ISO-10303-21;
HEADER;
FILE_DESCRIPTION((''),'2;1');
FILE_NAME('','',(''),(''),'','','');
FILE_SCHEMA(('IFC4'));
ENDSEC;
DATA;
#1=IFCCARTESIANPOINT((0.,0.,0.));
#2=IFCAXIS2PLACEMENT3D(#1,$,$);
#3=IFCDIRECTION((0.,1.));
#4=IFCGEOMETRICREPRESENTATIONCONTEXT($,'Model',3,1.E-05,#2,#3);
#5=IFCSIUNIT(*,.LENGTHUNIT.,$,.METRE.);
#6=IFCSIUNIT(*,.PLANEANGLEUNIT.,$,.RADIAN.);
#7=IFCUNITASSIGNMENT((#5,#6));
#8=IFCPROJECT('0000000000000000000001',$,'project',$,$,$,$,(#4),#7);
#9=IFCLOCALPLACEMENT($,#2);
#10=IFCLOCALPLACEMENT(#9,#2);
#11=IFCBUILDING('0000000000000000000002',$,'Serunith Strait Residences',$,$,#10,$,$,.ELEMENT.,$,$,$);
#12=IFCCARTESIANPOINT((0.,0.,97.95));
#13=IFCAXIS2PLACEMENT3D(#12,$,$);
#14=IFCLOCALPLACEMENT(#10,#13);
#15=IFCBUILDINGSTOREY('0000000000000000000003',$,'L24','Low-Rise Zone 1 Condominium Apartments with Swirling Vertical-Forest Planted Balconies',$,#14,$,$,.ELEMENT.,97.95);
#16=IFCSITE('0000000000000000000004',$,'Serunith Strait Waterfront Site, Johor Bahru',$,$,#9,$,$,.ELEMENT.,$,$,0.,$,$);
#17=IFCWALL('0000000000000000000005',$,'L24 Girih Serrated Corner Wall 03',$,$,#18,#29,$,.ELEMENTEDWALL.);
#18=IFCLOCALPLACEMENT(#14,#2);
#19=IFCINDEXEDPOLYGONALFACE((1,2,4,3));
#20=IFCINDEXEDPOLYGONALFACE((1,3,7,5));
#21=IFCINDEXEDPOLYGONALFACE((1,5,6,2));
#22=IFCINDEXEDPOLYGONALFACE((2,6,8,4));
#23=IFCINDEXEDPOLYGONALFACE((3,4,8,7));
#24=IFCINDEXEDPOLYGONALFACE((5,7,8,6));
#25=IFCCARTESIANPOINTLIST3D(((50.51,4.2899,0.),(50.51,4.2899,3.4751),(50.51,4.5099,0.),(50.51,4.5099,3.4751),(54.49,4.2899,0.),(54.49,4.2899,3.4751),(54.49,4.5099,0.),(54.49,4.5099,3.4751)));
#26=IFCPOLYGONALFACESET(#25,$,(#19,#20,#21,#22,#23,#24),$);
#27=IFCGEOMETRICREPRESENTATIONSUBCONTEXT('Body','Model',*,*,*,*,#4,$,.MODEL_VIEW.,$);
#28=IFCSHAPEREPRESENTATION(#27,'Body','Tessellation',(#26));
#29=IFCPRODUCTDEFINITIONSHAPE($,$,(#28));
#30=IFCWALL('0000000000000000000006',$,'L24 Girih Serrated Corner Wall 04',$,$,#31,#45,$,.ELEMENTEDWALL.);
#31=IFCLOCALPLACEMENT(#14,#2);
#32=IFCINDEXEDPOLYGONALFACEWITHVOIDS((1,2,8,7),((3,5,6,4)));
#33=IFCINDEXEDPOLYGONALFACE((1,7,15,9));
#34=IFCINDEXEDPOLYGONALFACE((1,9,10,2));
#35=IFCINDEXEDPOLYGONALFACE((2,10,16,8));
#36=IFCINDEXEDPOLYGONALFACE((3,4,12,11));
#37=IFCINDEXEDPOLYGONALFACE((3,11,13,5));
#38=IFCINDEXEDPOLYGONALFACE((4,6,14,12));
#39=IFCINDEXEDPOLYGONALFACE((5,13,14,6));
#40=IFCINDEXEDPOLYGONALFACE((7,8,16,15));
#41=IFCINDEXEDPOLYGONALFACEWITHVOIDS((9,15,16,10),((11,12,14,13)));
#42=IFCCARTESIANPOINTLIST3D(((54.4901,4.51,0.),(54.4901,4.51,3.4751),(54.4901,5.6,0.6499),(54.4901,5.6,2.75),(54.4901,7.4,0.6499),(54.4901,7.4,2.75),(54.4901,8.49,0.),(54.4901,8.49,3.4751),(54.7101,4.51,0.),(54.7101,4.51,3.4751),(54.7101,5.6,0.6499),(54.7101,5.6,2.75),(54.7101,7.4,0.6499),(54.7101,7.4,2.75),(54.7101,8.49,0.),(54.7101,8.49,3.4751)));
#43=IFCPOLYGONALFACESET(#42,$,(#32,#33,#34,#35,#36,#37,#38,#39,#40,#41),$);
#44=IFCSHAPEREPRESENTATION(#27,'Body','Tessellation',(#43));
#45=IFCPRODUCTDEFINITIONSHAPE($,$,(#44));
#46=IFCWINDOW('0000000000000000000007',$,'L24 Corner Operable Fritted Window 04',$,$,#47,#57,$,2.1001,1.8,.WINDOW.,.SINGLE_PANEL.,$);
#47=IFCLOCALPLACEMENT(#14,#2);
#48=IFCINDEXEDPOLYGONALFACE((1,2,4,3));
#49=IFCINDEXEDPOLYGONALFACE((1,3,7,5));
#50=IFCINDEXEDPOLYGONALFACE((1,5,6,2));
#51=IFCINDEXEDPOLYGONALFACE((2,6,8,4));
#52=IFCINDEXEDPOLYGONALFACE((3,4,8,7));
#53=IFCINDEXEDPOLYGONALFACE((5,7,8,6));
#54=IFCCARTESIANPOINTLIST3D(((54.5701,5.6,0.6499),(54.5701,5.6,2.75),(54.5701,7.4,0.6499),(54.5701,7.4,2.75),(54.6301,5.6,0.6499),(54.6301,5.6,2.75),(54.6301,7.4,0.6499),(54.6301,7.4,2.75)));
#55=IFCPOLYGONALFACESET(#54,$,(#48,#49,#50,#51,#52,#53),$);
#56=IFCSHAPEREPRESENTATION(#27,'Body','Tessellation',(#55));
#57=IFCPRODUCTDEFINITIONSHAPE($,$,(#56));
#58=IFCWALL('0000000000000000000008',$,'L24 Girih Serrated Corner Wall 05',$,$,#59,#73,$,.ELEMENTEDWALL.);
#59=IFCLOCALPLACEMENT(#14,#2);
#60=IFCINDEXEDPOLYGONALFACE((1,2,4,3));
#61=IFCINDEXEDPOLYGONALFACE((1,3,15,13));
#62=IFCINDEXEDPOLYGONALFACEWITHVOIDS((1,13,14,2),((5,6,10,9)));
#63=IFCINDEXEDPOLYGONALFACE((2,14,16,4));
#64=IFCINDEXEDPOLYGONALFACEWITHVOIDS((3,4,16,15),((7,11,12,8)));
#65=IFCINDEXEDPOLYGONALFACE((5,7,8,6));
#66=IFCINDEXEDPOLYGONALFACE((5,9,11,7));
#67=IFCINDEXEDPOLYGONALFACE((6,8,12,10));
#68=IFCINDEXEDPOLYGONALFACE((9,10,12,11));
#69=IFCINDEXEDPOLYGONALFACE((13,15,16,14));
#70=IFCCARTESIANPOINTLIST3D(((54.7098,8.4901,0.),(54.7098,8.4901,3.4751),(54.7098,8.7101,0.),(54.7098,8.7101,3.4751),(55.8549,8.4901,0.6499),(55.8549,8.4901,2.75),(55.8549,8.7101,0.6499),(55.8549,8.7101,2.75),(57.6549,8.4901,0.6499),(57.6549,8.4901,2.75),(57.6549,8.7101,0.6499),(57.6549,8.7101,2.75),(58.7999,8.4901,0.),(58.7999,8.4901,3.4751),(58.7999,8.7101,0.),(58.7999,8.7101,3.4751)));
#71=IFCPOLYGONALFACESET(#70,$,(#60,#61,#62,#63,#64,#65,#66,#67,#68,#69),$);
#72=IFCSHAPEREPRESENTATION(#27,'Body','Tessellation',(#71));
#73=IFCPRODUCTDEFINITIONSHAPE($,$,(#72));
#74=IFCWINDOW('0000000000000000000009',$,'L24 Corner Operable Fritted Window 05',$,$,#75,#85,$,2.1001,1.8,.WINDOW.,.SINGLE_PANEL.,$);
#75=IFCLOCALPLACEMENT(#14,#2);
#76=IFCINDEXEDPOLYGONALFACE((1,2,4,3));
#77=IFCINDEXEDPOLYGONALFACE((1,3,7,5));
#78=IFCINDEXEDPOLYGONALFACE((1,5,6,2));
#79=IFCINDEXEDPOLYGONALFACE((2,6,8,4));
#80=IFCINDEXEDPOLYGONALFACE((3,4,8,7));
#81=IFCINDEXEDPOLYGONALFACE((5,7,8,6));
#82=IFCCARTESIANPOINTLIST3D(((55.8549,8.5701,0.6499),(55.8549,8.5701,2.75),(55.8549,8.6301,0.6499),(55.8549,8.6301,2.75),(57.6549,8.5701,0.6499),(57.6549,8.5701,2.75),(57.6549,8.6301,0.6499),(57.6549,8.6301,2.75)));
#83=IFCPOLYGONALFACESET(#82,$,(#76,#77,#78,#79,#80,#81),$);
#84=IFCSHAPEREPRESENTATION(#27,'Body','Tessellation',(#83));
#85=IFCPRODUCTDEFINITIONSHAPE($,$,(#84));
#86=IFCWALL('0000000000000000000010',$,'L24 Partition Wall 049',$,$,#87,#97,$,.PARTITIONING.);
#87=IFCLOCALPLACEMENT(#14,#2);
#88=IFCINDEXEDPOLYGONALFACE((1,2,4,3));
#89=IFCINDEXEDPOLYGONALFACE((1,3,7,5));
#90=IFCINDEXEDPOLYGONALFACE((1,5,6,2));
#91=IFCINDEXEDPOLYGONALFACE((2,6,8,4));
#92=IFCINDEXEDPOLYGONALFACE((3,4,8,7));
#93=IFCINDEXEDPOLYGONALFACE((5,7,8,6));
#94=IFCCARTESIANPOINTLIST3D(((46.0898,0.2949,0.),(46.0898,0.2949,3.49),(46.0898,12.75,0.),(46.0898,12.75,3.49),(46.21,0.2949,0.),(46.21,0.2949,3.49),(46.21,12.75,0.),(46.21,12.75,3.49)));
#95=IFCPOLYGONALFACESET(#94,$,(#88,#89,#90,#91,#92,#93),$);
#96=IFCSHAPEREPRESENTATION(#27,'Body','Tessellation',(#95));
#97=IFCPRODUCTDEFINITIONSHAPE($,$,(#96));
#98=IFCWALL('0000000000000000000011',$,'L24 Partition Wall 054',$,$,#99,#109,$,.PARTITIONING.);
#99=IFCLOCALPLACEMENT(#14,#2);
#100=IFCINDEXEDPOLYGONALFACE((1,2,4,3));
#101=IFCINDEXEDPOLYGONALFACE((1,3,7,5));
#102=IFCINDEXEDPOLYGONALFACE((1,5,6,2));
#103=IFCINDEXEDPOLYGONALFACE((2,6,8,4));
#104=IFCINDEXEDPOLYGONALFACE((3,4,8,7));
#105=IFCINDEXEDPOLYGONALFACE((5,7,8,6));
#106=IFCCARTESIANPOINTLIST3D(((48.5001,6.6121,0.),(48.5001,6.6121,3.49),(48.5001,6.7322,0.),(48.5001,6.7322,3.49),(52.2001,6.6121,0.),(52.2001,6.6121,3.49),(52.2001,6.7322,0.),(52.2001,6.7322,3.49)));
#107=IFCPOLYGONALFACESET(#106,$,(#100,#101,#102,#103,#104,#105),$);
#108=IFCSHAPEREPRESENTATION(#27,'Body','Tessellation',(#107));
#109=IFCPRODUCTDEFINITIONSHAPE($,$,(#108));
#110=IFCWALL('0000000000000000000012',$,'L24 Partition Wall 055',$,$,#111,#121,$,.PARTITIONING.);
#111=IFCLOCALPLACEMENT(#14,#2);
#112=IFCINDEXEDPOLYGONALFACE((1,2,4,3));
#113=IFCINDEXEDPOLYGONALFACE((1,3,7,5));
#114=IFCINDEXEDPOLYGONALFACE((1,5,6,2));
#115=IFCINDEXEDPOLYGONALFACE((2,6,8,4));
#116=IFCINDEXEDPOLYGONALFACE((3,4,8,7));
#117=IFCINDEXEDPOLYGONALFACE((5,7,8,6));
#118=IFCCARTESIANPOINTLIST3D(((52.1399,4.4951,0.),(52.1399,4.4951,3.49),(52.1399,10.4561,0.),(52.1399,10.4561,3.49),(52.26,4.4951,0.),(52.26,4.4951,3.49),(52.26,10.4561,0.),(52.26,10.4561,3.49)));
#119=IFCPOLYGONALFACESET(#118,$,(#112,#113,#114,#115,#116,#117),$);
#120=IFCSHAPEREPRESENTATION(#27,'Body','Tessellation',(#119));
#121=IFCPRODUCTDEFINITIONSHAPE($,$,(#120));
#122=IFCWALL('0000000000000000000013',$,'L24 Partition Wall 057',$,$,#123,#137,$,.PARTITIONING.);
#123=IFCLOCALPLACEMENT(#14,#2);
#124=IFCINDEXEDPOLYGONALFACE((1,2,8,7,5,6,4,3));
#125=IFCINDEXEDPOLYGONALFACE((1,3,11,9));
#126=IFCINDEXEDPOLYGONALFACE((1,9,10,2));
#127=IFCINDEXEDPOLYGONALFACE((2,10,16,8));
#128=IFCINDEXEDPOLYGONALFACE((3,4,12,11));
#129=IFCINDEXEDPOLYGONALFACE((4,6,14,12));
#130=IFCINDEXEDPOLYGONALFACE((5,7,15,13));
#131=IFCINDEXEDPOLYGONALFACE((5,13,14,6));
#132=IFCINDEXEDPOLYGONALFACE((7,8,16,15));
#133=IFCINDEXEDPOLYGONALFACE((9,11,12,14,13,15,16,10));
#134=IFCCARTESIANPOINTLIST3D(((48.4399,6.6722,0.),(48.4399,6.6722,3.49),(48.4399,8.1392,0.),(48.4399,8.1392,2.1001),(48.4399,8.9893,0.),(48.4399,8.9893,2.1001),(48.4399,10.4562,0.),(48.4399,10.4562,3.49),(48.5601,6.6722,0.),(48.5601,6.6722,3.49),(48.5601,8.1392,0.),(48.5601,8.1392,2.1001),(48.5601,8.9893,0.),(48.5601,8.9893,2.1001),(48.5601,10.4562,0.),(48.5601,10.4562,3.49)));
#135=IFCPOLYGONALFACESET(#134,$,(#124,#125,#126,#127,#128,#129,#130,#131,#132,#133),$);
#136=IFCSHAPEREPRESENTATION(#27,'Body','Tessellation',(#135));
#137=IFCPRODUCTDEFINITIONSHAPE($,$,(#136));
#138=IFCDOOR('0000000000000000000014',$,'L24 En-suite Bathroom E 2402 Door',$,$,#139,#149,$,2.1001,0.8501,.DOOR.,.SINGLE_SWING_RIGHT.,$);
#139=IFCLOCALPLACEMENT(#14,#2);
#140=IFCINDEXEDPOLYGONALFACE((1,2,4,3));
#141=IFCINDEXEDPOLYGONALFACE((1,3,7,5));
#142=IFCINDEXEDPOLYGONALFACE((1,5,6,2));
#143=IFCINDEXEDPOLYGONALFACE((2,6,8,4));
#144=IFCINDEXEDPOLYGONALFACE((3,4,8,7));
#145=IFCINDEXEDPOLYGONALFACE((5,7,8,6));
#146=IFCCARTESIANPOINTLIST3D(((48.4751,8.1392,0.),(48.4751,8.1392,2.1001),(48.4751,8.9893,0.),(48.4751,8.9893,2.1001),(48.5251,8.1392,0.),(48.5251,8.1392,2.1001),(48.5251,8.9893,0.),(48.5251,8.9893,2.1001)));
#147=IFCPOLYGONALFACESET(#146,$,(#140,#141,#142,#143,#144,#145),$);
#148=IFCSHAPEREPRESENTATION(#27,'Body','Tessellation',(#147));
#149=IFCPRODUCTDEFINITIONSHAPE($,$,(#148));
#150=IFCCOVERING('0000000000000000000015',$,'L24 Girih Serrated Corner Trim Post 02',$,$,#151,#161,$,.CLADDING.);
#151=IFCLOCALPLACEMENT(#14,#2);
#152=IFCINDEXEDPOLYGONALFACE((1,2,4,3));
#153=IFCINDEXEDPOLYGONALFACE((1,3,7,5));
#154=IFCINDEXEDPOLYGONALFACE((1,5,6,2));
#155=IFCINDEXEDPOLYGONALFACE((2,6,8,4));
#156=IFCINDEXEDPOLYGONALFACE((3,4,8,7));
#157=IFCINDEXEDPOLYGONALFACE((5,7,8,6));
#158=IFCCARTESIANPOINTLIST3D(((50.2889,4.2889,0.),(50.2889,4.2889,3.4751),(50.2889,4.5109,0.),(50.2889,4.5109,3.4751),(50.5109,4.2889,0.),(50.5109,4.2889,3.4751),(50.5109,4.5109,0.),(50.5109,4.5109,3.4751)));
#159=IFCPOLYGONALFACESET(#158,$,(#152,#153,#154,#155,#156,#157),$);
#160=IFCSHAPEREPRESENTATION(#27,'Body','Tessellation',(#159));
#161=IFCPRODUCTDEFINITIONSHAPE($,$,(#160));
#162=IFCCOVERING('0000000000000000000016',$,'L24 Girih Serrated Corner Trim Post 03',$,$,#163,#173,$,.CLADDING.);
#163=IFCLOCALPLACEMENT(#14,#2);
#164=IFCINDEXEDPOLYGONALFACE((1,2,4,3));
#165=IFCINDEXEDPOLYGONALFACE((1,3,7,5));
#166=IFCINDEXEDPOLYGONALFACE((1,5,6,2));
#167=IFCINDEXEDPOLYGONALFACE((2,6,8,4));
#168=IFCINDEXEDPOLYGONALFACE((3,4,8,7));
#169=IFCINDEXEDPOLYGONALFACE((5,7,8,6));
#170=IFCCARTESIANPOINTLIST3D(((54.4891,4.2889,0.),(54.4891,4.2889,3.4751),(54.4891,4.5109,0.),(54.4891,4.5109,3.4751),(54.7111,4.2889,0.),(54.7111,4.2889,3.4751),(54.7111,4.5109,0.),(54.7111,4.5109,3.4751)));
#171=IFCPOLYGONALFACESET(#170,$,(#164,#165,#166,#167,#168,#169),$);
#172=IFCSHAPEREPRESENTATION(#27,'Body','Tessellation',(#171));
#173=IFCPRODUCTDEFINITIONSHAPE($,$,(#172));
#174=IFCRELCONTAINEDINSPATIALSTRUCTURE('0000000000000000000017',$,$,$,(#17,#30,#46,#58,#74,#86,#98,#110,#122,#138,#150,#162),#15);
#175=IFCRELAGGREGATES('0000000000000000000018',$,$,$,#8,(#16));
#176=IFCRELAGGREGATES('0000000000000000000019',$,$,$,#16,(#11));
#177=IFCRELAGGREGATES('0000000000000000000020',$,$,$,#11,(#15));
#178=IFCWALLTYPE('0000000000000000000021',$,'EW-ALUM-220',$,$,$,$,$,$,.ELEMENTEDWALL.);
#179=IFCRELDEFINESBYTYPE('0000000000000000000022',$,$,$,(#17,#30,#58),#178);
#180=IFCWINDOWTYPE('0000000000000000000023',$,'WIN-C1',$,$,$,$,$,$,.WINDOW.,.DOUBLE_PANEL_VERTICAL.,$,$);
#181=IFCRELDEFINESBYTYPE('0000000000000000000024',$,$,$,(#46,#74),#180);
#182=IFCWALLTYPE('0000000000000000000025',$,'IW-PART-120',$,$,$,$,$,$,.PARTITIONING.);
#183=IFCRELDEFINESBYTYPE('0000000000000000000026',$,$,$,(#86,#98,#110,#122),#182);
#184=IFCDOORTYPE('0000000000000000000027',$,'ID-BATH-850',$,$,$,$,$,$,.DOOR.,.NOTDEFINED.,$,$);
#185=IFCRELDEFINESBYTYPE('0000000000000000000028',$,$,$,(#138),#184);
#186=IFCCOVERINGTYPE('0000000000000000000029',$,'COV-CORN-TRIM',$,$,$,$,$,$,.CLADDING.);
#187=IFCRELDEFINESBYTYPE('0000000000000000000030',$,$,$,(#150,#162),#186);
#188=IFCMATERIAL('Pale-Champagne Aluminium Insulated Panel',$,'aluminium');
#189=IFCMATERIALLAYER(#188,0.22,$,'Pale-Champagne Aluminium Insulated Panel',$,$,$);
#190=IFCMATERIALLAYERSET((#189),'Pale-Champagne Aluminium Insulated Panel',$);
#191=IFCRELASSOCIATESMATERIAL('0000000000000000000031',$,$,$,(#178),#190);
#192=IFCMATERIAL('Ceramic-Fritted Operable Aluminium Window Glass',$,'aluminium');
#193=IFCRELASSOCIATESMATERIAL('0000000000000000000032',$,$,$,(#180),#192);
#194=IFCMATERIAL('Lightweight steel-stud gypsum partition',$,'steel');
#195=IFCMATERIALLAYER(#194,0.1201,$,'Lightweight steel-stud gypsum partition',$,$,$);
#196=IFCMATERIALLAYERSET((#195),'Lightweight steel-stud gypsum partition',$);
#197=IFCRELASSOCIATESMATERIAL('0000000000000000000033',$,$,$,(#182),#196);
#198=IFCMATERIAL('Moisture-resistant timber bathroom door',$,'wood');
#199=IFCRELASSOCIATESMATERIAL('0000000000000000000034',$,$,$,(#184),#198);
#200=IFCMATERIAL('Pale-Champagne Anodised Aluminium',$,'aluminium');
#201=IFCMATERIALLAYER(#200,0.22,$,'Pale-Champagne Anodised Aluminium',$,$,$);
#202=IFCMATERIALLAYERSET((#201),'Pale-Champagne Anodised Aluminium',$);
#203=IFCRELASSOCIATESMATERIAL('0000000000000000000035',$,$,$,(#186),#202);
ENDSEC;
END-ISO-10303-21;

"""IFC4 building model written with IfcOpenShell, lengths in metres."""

from ifc_helpers import new_model, si_unit, direction, frame, frame_2d, origin, origin_2d, place, context, subcontext, project, spatial, rectangle, extrude, source, transform, mapped, material, layer, layer_set, type_object, element, fill, save


model = new_model("IFC4")

# Units and contexts
model_context = context("Model", 3, precision=1e-05, world=origin(), true_north=direction((0.0, 1.0)))
body_context = subcontext(model_context, "Body", "Model", "MODEL_VIEW")
ifc_project = project(units=[si_unit("LENGTHUNIT", "METRE"), si_unit("PLANEANGLEUNIT", "RADIAN")], contexts=[model_context])

# Site, building, storey
site_placement = place(None, origin())
site = spatial("IfcSite", under=ifc_project, at=site_placement, Name="Serunith Strait Waterfront Site, Johor Bahru", CompositionType="ELEMENT", RefElevation=0.0)
building_placement = place(site_placement, origin())
building = spatial("IfcBuilding", under=site, at=building_placement, Name="Serunith Strait Residences", CompositionType="ELEMENT")
storey_placement = place(building_placement, frame((0.0, 0.0, 97.95)))
storey = spatial("IfcBuildingStorey", under=building, at=storey_placement, Name="L24", Description="Low-Rise Zone 1 Condominium Apartments with Swirling Vertical-Forest Planted Balconies", CompositionType="ELEMENT", Elevation=97.95)

# Shared definitions
ifc_material_1 = material(Name="Pale-Champagne Anodised Aluminium", Category="aluminium")

# Shared definitions
ifc_material_2 = material(Name="Pale-Champagne Aluminium Insulated Panel", Category="aluminium")
ifc_layer_1 = layer(ifc_material_2, 0.22, Name="Pale-Champagne Aluminium Insulated Panel")
ifc_layer_set_1 = layer_set([ifc_layer_1], Name="Pale-Champagne Aluminium Insulated Panel")
wall_type_1 = type_object("IfcWallType", Name="EW-ALUM-220", PredefinedType="ELEMENTEDWALL", material=ifc_layer_set_1)
ifc_material_3 = material(Name="Ceramic-Fritted Operable Aluminium Window Glass", Category="aluminium")
window_type = type_object("IfcWindowType", Name="WIN-C1", PartitioningType="DOUBLE_PANEL_VERTICAL", PredefinedType="WINDOW", material=ifc_material_3)
shared_shape_1 = source(origin(), body_context, "Body", "SweptSolid", [
    extrude(rectangle(XDim=1.8, YDim=2.1001, at=frame_2d((0.8999, 1.05))), frame((0.0, 0.03, 0.0), z_axis=(0.0, -1.0, 0.0), x_axis=(1.0, 0.0, 0.0)), (0.0, 0.0, 1.0), 0.0601),
])

# Wall
wall_1_placement = place(storey_placement, frame((50.51, 4.3999, 0.0), z_axis=(0.0, 0.0, 1.0), x_axis=(1.0, 0.0, 0.0)))
element("IfcWall", 1, at=wall_1_placement, inside=storey, type_object=wall_type_1, Name="L24 Girih Serrated Corner Wall 03", PredefinedType="ELEMENTEDWALL", context=body_context, shape_type="SweptSolid", body=[
    extrude(rectangle(XDim=3.98, YDim=0.22, at=frame_2d((1.99, 0.0))), origin(), (0.0, 0.0, 1.0), 3.4751),
])

# Walls, openings, windows
wall_2_placement = place(storey_placement, frame((54.6001, 4.51, 0.0), z_axis=(0.0, 0.0, 1.0), x_axis=(0.0, 1.0, 0.0)))
wall_2 = element("IfcWall", 2, at=wall_2_placement, inside=storey, type_object=wall_type_1, Name="L24 Girih Serrated Corner Wall 04", PredefinedType="ELEMENTEDWALL", context=body_context, shape_type="SweptSolid", body=[
    extrude(rectangle(XDim=3.98, YDim=0.22, at=frame_2d((1.99, 0.0))), origin(), (0.0, 0.0, 1.0), 3.4751),
])
opening_1_placement = place(wall_2_placement, frame((1.0901, 0.0, 0.6499)))
opening_1 = element("IfcOpeningElement", 3, at=opening_1_placement, cuts=wall_2, PredefinedType="OPENING", context=body_context, shape_type="SweptSolid", body=[
    extrude(rectangle(XDim=1.8, YDim=2.1001, at=frame_2d((0.8999, 1.05))), frame((0.0, 0.1201, 0.0), z_axis=(0.0, -1.0, 0.0), x_axis=(1.0, 0.0, 0.0)), (0.0, 0.0, 1.0), 0.24),
])
window_1_placement = place(opening_1_placement, origin())
window_1 = element("IfcWindow", 4, at=window_1_placement, inside=storey, type_object=window_type, Name="L24 Corner Operable Fritted Window 04", OverallHeight=2.1001, OverallWidth=1.8, PartitioningType="SINGLE_PANEL", PredefinedType="WINDOW", context=body_context, shape_type="MappedRepresentation", body=[
    mapped(shared_shape_1, transform((0.0, 0.0, 0.0), scale=1.0)),
])
fill(opening_1, window_1)
wall_3_placement = place(storey_placement, frame((54.71, 8.6001, 0.0), z_axis=(0.0, 0.0, 1.0), x_axis=(1.0, 0.0, 0.0)))
wall_3 = element("IfcWall", 5, at=wall_3_placement, inside=storey, type_object=wall_type_1, Name="L24 Girih Serrated Corner Wall 05", PredefinedType="ELEMENTEDWALL", context=body_context, shape_type="SweptSolid", body=[
    extrude(rectangle(XDim=4.0901, YDim=0.22, at=frame_2d((2.0449, 0.0))), origin(), (0.0, 0.0, 1.0), 3.4751),
])
opening_2_placement = place(wall_3_placement, frame((1.145, 0.0, 0.6499)))
opening_2 = element("IfcOpeningElement", 6, at=opening_2_placement, cuts=wall_3, PredefinedType="OPENING", context=body_context, shape_type="SweptSolid", body=[
    extrude(rectangle(XDim=1.8, YDim=2.1001, at=frame_2d((0.8999, 1.05))), frame((0.0, 0.1201, 0.0), z_axis=(0.0, -1.0, 0.0), x_axis=(1.0, 0.0, 0.0)), (0.0, 0.0, 1.0), 0.24),
])
window_2_placement = place(opening_2_placement, origin())
window_2 = element("IfcWindow", 7, at=window_2_placement, inside=storey, type_object=window_type, Name="L24 Corner Operable Fritted Window 05", OverallHeight=2.1001, OverallWidth=1.8, PartitioningType="SINGLE_PANEL", PredefinedType="WINDOW", context=body_context, shape_type="MappedRepresentation", body=[
    mapped(shared_shape_1, transform((0.0, 0.0, 0.0), scale=1.0)),
])
fill(opening_2, window_2)

# Walls
ifc_material_4 = material(Name="Lightweight steel-stud gypsum partition", Category="steel")
ifc_layer_2 = layer(ifc_material_4, 0.1201, Name="Lightweight steel-stud gypsum partition")
ifc_layer_set_2 = layer_set([ifc_layer_2], Name="Lightweight steel-stud gypsum partition")
wall_type_2 = type_object("IfcWallType", Name="IW-PART-120", PredefinedType="PARTITIONING", material=ifc_layer_set_2)
wall_4_placement = place(storey_placement, frame((46.1499, 0.2949, 0.0), z_axis=(0.0, 0.0, 1.0), x_axis=(0.0, 1.0, 0.0)))
element("IfcWall", 8, at=wall_4_placement, inside=storey, type_object=wall_type_2, Name="L24 Partition Wall 049", PredefinedType="PARTITIONING", context=body_context, shape_type="SweptSolid", body=[
    extrude(rectangle(XDim=12.4551, YDim=0.1201, at=frame_2d((6.2275, 0.0))), origin(), (0.0, 0.0, 1.0), 3.49),
])
wall_5_placement = place(storey_placement, frame((48.5, 6.6721, 0.0), z_axis=(0.0, 0.0, 1.0), x_axis=(1.0, 0.0, 0.0)))
element("IfcWall", 9, at=wall_5_placement, inside=storey, type_object=wall_type_2, Name="L24 Partition Wall 054", PredefinedType="PARTITIONING", context=body_context, shape_type="SweptSolid", body=[
    extrude(rectangle(XDim=3.7, YDim=0.1201, at=frame_2d((1.8501, 0.0))), origin(), (0.0, 0.0, 1.0), 3.49),
])
wall_6_placement = place(storey_placement, frame((52.2, 4.4951, 0.0), z_axis=(0.0, 0.0, 1.0), x_axis=(0.0, 1.0, 0.0)))
element("IfcWall", 10, at=wall_6_placement, inside=storey, type_object=wall_type_2, Name="L24 Partition Wall 055", PredefinedType="PARTITIONING", context=body_context, shape_type="SweptSolid", body=[
    extrude(rectangle(XDim=5.9609, YDim=0.1201, at=frame_2d((2.9805, 0.0))), origin(), (0.0, 0.0, 1.0), 3.49),
])

# Wall, opening, door
wall_7_placement = place(storey_placement, frame((48.5, 6.6721, 0.0), z_axis=(0.0, 0.0, 1.0), x_axis=(0.0, 1.0, 0.0)))
wall_7 = element("IfcWall", 11, at=wall_7_placement, inside=storey, type_object=wall_type_2, Name="L24 Partition Wall 057", PredefinedType="PARTITIONING", context=body_context, shape_type="SweptSolid", body=[
    extrude(rectangle(XDim=3.7839, YDim=0.1201, at=frame_2d((1.8921, 0.0))), origin(), (0.0, 0.0, 1.0), 3.49),
])
opening_3_placement = place(wall_7_placement, frame((1.467, 0.0, 0.0)))
opening_3 = element("IfcOpeningElement", 12, at=opening_3_placement, cuts=wall_7, PredefinedType="OPENING", context=body_context, shape_type="SweptSolid", body=[
    extrude(rectangle(XDim=0.8501, YDim=2.1001, at=frame_2d((0.425, 1.05))), frame((0.0, 0.0701, 0.0), z_axis=(0.0, -1.0, 0.0), x_axis=(1.0, 0.0, 0.0)), (0.0, 0.0, 1.0), 0.1401),
])
ifc_material_5 = material(Name="Moisture-resistant timber bathroom door", Category="wood")
door_type = type_object("IfcDoorType", Name="ID-BATH-850", OperationType="NOTDEFINED", PredefinedType="DOOR", material=ifc_material_5)
shared_shape_2 = source(origin(), body_context, "Body", "SweptSolid", [
    extrude(rectangle(XDim=0.8501, YDim=2.1001, at=frame_2d((0.425, 1.05))), frame((0.0, 0.0249, 0.0), z_axis=(0.0, -1.0, 0.0), x_axis=(1.0, 0.0, 0.0)), (0.0, 0.0, 1.0), 0.05),
])
door_placement = place(opening_3_placement, origin())
door = element("IfcDoor", 13, at=door_placement, inside=storey, type_object=door_type, Name="L24 En-suite Bathroom E 2402 Door", OperationType="SINGLE_SWING_RIGHT", OverallHeight=2.1001, OverallWidth=0.8501, PredefinedType="DOOR", context=body_context, shape_type="MappedRepresentation", body=[
    mapped(shared_shape_2, transform((0.0, 0.0, 0.0), scale=1.0)),
])
fill(opening_3, door)

# Coverings
ifc_layer_3 = layer(ifc_material_1, 0.22, Name="Pale-Champagne Anodised Aluminium")
ifc_layer_set_3 = layer_set([ifc_layer_3], Name="Pale-Champagne Anodised Aluminium")
covering_type = type_object("IfcCoveringType", Name="COV-CORN-TRIM", PredefinedType="CLADDING", material=ifc_layer_set_3)
shared_shape_3 = source(origin(), body_context, "Body", "SweptSolid", [
    extrude(rectangle(XDim=0.2219, YDim=0.2219, at=origin_2d()), origin(), (0.0, 0.0, 1.0), 3.4751),
])
for number, where, z_axis, x_axis, name in (
    (14, (50.3999, 4.3999, 0.0), (0.0, 0.0, 1.0), (1.0, 0.0, 0.0), "L24 Girih Serrated Corner Trim Post 02"),
    (15, (54.6001, 4.3999, 0.0), (0.0, 0.0, 1.0), (1.0, 0.0, 0.0), "L24 Girih Serrated Corner Trim Post 03"),
):
    element("IfcCovering", number, at=place(storey_placement, frame(where, z_axis=z_axis, x_axis=x_axis)), inside=storey, type_object=covering_type, Name=name, PredefinedType="CLADDING", context=body_context, shape_type="MappedRepresentation", body=[
        mapped(shared_shape_3, transform((0.0, 0.0, 0.0), scale=1.0)),
    ])

save(model, "model.ifc")
